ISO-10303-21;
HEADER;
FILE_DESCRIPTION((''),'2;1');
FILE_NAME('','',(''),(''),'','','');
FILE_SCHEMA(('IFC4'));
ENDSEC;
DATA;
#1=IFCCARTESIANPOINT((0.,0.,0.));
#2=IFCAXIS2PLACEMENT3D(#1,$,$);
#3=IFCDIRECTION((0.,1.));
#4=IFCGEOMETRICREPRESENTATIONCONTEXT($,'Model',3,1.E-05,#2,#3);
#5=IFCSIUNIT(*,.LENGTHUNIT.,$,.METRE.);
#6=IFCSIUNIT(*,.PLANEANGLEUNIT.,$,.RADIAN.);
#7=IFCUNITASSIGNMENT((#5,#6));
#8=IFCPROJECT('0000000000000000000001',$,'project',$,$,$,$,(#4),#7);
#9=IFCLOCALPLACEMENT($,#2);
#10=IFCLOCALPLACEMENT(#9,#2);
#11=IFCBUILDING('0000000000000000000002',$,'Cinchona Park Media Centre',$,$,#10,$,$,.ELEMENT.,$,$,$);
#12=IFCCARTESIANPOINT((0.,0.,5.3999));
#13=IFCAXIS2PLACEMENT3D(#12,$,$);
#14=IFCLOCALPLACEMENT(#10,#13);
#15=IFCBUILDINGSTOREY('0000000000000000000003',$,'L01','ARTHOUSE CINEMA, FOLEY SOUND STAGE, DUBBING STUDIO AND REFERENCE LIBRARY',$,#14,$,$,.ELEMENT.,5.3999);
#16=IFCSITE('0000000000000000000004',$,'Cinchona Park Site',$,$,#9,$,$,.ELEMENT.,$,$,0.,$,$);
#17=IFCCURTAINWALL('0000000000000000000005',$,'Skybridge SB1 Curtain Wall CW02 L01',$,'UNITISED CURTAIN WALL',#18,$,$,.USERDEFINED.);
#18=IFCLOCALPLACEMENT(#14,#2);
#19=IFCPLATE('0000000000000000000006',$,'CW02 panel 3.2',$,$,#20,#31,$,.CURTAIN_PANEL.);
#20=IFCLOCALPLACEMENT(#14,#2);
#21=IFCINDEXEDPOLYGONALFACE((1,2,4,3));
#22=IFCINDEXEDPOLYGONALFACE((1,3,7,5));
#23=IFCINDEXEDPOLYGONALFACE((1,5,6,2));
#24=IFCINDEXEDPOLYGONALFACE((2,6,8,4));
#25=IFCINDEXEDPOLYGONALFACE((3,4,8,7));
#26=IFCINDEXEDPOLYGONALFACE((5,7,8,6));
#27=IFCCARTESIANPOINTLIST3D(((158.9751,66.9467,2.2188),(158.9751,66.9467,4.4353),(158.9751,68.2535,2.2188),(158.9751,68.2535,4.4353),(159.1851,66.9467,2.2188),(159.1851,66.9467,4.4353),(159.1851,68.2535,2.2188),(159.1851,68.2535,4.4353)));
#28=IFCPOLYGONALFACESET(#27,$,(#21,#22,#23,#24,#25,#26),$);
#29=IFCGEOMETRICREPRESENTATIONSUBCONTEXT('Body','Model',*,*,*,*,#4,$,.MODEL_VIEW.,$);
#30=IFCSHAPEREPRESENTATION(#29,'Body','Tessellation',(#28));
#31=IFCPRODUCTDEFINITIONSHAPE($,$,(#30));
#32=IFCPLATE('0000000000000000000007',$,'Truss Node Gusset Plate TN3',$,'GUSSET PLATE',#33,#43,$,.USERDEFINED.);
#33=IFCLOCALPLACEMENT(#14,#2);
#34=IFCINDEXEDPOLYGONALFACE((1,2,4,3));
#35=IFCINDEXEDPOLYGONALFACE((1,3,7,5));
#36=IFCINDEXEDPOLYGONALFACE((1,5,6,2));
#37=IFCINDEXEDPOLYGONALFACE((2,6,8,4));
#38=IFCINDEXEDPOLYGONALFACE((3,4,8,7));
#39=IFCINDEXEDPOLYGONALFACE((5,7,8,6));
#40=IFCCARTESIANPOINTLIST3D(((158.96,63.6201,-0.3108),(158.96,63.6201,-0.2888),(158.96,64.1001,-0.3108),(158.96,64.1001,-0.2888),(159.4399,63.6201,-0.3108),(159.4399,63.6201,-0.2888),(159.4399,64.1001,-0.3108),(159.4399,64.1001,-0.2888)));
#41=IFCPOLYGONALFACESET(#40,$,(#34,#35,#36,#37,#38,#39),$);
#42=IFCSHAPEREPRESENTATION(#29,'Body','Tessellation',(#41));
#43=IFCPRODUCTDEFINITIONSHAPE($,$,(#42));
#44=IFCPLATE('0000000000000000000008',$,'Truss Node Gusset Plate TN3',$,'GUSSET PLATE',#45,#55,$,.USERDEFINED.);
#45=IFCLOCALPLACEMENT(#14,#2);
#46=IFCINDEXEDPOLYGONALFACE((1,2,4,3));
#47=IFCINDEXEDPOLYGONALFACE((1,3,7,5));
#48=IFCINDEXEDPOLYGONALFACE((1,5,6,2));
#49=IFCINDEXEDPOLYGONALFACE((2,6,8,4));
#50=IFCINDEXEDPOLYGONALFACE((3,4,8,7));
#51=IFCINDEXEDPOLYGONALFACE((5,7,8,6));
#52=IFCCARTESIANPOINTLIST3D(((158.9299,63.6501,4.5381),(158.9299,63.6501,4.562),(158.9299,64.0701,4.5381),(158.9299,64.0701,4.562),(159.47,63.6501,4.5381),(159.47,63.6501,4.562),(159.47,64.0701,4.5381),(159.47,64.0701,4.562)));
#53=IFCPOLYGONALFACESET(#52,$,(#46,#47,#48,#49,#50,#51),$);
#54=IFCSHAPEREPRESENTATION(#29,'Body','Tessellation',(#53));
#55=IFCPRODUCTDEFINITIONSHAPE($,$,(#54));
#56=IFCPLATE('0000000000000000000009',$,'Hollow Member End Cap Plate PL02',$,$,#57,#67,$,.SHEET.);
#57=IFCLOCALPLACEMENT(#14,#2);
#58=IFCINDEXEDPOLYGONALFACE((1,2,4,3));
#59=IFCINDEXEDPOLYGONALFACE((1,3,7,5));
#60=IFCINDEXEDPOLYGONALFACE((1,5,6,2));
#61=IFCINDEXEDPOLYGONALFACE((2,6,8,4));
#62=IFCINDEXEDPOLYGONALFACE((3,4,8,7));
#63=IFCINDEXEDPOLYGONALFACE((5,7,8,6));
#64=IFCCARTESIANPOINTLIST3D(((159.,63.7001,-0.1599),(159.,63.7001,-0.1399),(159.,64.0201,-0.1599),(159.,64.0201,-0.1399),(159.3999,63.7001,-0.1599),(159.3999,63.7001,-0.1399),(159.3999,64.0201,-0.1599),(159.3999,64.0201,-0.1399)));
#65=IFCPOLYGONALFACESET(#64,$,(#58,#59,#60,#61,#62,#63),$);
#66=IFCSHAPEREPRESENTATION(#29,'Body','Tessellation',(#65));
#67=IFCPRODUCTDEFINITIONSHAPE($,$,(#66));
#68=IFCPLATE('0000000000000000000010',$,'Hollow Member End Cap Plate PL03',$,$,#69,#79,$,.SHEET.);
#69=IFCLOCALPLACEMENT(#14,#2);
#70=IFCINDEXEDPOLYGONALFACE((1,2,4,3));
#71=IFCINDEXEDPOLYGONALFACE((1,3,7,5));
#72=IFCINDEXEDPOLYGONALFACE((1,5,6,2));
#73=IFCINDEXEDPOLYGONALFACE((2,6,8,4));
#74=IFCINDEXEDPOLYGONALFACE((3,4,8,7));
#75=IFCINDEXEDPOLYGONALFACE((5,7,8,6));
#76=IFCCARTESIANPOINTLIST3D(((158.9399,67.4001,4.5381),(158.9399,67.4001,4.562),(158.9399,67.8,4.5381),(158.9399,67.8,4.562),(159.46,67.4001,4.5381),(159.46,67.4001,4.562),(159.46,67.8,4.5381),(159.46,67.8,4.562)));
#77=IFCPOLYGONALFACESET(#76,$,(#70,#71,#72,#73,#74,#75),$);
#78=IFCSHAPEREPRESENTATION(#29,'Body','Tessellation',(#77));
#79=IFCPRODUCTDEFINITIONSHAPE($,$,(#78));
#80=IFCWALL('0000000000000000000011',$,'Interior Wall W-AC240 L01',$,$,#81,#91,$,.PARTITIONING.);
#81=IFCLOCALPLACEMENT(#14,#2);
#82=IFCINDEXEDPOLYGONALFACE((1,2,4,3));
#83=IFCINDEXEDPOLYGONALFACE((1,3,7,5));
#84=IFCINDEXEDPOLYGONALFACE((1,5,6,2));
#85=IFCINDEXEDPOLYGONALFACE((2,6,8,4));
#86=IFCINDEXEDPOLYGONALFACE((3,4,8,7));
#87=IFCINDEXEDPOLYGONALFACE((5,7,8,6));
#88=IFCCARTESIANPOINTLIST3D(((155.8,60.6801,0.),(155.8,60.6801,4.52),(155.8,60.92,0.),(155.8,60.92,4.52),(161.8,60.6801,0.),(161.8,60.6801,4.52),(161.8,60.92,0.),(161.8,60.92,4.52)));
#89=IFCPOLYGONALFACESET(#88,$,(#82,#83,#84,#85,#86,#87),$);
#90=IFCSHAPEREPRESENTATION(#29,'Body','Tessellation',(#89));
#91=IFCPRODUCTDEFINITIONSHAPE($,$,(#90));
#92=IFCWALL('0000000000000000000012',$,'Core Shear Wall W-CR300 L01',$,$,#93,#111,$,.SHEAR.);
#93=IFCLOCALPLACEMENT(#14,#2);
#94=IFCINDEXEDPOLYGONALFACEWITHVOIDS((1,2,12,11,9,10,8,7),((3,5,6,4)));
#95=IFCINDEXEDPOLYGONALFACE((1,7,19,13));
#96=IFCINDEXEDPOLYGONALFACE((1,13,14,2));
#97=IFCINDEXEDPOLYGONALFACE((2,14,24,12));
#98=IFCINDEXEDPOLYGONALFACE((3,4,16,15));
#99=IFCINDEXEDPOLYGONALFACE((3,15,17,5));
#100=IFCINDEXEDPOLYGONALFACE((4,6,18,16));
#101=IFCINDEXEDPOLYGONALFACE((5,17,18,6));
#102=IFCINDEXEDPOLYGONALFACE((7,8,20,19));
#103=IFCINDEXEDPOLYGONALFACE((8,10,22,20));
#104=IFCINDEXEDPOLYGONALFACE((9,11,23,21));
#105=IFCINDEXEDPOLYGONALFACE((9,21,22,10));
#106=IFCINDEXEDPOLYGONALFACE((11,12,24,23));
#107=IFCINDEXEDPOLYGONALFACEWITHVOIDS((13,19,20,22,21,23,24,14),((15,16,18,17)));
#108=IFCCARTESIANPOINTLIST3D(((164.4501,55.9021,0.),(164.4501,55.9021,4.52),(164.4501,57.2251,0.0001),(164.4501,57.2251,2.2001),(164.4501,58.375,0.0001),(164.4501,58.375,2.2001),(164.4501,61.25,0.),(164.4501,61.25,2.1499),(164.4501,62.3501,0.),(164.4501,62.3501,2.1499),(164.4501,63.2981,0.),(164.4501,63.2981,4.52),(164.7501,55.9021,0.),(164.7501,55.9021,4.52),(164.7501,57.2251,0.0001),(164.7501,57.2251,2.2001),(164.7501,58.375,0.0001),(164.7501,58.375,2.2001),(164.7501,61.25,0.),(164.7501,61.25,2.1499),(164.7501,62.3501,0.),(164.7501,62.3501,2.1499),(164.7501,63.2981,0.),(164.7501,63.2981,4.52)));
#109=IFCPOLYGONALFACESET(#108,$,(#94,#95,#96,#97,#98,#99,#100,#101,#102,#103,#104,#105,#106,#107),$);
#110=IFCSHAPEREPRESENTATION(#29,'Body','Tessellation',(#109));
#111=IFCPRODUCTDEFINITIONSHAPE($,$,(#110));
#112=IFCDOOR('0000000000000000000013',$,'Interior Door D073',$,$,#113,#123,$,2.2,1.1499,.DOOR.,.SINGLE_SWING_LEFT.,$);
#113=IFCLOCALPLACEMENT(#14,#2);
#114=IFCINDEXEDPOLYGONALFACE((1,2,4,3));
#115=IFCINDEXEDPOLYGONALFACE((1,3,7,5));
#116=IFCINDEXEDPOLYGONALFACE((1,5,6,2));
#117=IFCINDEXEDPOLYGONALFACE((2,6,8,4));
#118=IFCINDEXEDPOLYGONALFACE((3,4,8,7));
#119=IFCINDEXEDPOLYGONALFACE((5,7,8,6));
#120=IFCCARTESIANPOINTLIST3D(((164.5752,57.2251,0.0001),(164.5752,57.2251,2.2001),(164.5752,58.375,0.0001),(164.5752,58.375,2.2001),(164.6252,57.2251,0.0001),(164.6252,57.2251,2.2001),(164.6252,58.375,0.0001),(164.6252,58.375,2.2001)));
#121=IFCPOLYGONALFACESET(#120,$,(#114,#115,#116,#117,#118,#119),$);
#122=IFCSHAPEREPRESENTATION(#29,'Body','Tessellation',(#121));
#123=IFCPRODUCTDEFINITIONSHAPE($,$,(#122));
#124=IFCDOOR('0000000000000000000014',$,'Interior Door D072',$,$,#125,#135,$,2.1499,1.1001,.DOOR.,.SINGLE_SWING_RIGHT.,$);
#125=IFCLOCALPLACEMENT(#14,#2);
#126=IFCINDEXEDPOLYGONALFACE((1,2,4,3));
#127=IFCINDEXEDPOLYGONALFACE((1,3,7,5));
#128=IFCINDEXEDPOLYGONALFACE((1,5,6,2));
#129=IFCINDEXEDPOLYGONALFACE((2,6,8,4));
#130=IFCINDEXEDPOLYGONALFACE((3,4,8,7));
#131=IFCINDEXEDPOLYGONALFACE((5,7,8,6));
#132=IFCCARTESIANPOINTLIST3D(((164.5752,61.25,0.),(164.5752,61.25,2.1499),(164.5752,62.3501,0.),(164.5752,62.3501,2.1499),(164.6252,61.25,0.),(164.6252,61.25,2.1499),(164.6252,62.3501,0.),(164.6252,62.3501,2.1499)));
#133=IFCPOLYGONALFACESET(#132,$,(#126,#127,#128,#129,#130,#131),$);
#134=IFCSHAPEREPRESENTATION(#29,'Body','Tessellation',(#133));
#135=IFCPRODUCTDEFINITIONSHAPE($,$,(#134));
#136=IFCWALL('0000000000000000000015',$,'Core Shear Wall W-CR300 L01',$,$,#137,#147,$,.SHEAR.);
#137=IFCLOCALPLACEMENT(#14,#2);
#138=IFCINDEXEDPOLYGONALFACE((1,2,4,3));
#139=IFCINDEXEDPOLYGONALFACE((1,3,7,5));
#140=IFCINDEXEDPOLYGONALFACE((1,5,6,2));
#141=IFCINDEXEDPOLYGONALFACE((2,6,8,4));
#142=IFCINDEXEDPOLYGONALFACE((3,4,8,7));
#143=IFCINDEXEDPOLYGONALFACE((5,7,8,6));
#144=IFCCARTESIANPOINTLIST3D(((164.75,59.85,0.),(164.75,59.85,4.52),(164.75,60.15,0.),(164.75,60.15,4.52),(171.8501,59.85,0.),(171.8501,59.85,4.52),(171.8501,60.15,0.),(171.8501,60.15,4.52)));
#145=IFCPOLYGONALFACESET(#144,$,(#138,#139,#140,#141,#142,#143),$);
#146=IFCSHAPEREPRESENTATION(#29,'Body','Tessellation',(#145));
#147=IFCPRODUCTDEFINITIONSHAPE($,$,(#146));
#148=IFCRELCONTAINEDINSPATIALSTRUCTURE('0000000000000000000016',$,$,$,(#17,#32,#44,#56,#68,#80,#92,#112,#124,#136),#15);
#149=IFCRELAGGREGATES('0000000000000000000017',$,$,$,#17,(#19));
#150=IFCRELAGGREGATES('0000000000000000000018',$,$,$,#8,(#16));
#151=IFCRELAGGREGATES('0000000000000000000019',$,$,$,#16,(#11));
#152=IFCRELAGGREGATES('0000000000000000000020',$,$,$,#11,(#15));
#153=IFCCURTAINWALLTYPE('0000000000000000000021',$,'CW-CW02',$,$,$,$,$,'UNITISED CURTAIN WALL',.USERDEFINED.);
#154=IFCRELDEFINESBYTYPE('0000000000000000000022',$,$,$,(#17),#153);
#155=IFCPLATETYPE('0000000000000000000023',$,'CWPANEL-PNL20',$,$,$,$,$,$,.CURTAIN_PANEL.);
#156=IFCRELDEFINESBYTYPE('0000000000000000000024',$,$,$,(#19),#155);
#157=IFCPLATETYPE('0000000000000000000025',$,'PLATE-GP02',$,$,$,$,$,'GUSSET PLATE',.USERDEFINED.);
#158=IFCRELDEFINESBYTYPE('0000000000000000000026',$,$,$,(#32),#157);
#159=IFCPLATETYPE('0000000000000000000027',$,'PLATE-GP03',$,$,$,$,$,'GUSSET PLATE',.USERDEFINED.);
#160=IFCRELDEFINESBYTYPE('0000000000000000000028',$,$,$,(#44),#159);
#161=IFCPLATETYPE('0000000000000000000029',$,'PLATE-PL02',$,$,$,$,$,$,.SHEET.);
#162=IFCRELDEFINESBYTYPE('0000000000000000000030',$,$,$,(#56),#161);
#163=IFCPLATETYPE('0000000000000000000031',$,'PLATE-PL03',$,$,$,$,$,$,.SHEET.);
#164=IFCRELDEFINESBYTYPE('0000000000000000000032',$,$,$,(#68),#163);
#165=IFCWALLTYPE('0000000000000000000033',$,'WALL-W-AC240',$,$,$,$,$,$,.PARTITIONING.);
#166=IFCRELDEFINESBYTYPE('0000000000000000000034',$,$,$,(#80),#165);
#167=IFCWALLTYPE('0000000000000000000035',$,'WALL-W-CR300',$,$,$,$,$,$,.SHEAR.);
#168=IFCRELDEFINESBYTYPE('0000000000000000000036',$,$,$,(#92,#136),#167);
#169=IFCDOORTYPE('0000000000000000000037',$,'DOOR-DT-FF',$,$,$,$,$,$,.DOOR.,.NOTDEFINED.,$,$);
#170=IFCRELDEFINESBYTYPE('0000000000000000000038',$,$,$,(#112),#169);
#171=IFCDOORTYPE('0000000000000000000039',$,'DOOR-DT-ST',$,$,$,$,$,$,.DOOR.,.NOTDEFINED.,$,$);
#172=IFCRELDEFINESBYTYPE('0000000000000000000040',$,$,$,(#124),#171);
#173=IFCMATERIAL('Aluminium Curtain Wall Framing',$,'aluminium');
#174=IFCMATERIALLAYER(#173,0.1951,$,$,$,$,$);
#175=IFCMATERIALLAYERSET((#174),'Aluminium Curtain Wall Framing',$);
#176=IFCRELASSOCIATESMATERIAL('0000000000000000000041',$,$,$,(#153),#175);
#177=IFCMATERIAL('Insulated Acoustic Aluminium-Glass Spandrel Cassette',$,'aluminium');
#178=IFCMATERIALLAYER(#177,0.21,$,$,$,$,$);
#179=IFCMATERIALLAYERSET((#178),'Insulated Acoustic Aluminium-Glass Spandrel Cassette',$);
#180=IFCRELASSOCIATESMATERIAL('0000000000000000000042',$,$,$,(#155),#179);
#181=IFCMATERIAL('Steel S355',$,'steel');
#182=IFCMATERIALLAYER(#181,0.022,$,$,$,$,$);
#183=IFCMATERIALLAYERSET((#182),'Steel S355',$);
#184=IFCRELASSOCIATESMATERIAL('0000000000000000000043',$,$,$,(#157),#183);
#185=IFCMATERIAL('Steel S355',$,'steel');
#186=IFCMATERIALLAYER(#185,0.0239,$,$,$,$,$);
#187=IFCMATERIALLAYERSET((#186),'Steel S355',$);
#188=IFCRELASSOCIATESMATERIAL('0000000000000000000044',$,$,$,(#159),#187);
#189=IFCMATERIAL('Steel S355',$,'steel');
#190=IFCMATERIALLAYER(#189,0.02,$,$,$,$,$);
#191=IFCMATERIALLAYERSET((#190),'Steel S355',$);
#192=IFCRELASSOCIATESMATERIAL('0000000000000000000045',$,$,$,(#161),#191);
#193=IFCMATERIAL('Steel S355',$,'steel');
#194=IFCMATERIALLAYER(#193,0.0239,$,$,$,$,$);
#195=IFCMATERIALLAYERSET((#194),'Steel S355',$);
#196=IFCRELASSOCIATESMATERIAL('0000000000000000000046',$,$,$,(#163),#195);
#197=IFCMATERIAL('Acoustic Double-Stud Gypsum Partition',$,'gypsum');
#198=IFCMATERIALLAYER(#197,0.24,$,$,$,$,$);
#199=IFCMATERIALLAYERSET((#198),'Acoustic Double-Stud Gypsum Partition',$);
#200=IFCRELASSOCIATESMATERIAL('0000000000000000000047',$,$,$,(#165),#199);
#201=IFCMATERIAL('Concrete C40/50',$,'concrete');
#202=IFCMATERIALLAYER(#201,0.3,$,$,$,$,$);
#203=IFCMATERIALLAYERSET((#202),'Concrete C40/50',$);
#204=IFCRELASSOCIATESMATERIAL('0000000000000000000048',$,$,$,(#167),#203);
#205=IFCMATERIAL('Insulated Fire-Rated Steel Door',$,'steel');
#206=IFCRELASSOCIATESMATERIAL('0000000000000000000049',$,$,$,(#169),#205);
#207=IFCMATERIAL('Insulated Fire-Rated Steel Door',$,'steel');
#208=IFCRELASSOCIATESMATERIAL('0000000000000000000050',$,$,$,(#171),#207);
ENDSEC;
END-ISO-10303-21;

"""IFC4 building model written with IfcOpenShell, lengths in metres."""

from ifc_helpers import new_model, si_unit, direction, frame, frame_2d, origin, origin_2d, place, context, subcontext, project, spatial, rectangle, extrude, material, layer, layer_set, type_object, element, fill, aggregate, save


model = new_model("IFC4")

# Units and contexts
model_context = context("Model", 3, precision=1e-05, world=origin(), true_north=direction((0.0, 1.0)))
body_context = subcontext(model_context, "Body", "Model", "MODEL_VIEW")
ifc_project = project(units=[si_unit("LENGTHUNIT", "METRE"), si_unit("PLANEANGLEUNIT", "RADIAN")], contexts=[model_context])

# Site, building, storey
site_placement = place(None, origin())
site = spatial("IfcSite", under=ifc_project, at=site_placement, Name="Cinchona Park Site", CompositionType="ELEMENT", RefElevation=0.0)
building_placement = place(site_placement, origin())
building = spatial("IfcBuilding", under=site, at=building_placement, Name="Cinchona Park Media Centre", CompositionType="ELEMENT")
storey_placement = place(building_placement, frame((0.0, 0.0, 5.3999)))
storey = spatial("IfcBuildingStorey", under=building, at=storey_placement, Name="L01", Description="ARTHOUSE CINEMA, FOLEY SOUND STAGE, DUBBING STUDIO AND REFERENCE LIBRARY", CompositionType="ELEMENT", Elevation=5.3999)

# Curtain wall, plate
ifc_material_1 = material(Name="Aluminium Curtain Wall Framing", Category="aluminium")
ifc_layer_1 = layer(ifc_material_1, 0.1951)
ifc_layer_set_1 = layer_set([ifc_layer_1], Name="Aluminium Curtain Wall Framing")
curtain_wall_type = type_object("IfcCurtainWallType", Name="CW-CW02", ElementType="UNITISED CURTAIN WALL", PredefinedType="USERDEFINED", material=ifc_layer_set_1)
curtain_wall_placement = place(storey_placement, origin())
curtain_wall = element("IfcCurtainWall", 1, at=curtain_wall_placement, inside=storey, type_object=curtain_wall_type, Name="Skybridge SB1 Curtain Wall CW02 L01", ObjectType="UNITISED CURTAIN WALL", PredefinedType="USERDEFINED")
ifc_material_2 = material(Name="Insulated Acoustic Aluminium-Glass Spandrel Cassette", Category="aluminium")
ifc_layer_2 = layer(ifc_material_2, 0.21)
ifc_layer_set_2 = layer_set([ifc_layer_2], Name="Insulated Acoustic Aluminium-Glass Spandrel Cassette")
plate_type_1 = type_object("IfcPlateType", Name="CWPANEL-PNL20", PredefinedType="CURTAIN_PANEL", material=ifc_layer_set_2)
plate_1_placement = place(storey_placement, frame((159.0801, 67.6001, 2.2188), z_axis=(0.0, 0.0, 1.0), x_axis=(0.0, -1.0, 0.0)))
plate_1 = element("IfcPlate", 2, at=plate_1_placement, type_object=plate_type_1, Name="CW02 panel 3.2", PredefinedType="CURTAIN_PANEL", context=body_context, shape_type="SweptSolid", body=[
    extrude(rectangle(XDim=1.3069, YDim=0.21, at=origin_2d()), origin(), (0.0, 0.0, 1.0), 2.2166),
])
aggregate(curtain_wall, [plate_1])

# Plates
ifc_material_3 = material(Name="Steel S355", Category="steel")
ifc_layer_3 = layer(ifc_material_3, 0.022)
ifc_layer_set_3 = layer_set([ifc_layer_3], Name="Steel S355")
plate_type_2 = type_object("IfcPlateType", Name="PLATE-GP02", ElementType="GUSSET PLATE", PredefinedType="USERDEFINED", material=ifc_layer_set_3)
plate_2_placement = place(storey_placement, frame((159.2, 63.8601, -0.3108), z_axis=(0.0, 0.0, 1.0), x_axis=(1.0, 0.0, 0.0)))
element("IfcPlate", 3, at=plate_2_placement, inside=storey, type_object=plate_type_2, Name="Truss Node Gusset Plate TN3", ObjectType="GUSSET PLATE", PredefinedType="USERDEFINED", context=body_context, shape_type="SweptSolid", body=[
    extrude(rectangle(XDim=0.48, YDim=0.48, at=origin_2d()), origin(), (0.0, 0.0, 1.0), 0.022),
])
ifc_material_4 = material(Name="Steel S355", Category="steel")
ifc_layer_4 = layer(ifc_material_4, 0.0239)
ifc_layer_set_4 = layer_set([ifc_layer_4], Name="Steel S355")
plate_type_3 = type_object("IfcPlateType", Name="PLATE-GP03", ElementType="GUSSET PLATE", PredefinedType="USERDEFINED", material=ifc_layer_set_4)
plate_3_placement = place(storey_placement, frame((159.2, 63.8601, 4.5381), z_axis=(0.0, 0.0, 1.0), x_axis=(1.0, 0.0, 0.0)))
element("IfcPlate", 4, at=plate_3_placement, inside=storey, type_object=plate_type_3, Name="Truss Node Gusset Plate TN3", ObjectType="GUSSET PLATE", PredefinedType="USERDEFINED", context=body_context, shape_type="SweptSolid", body=[
    extrude(rectangle(XDim=0.54, YDim=0.4199, at=origin_2d()), origin(), (0.0, 0.0, 1.0), 0.0239),
])
ifc_material_5 = material(Name="Steel S355", Category="steel")
ifc_layer_5 = layer(ifc_material_5, 0.02)
ifc_layer_set_5 = layer_set([ifc_layer_5], Name="Steel S355")
plate_type_4 = type_object("IfcPlateType", Name="PLATE-PL02", PredefinedType="SHEET", material=ifc_layer_set_5)
plate_4_placement = place(storey_placement, frame((159.2, 63.8601, -0.1599), z_axis=(0.0, 0.0, 1.0), x_axis=(1.0, 0.0, 0.0)))
element("IfcPlate", 5, at=plate_4_placement, inside=storey, type_object=plate_type_4, Name="Hollow Member End Cap Plate PL02", PredefinedType="SHEET", context=body_context, shape_type="SweptSolid", body=[
    extrude(rectangle(XDim=0.3999, YDim=0.3201, at=origin_2d()), origin(), (0.0, 0.0, 1.0), 0.02),
])
ifc_material_6 = material(Name="Steel S355", Category="steel")
ifc_layer_6 = layer(ifc_material_6, 0.0239)
ifc_layer_set_6 = layer_set([ifc_layer_6], Name="Steel S355")
plate_type_5 = type_object("IfcPlateType", Name="PLATE-PL03", PredefinedType="SHEET", material=ifc_layer_set_6)
plate_5_placement = place(storey_placement, frame((159.2, 67.6001, 4.5381), z_axis=(0.0, 0.0, 1.0), x_axis=(1.0, 0.0, 0.0)))
element("IfcPlate", 6, at=plate_5_placement, inside=storey, type_object=plate_type_5, Name="Hollow Member End Cap Plate PL03", PredefinedType="SHEET", context=body_context, shape_type="SweptSolid", body=[
    extrude(rectangle(XDim=0.52, YDim=0.3999, at=origin_2d()), origin(), (0.0, 0.0, 1.0), 0.0239),
])

# Wall
ifc_material_7 = material(Name="Acoustic Double-Stud Gypsum Partition", Category="gypsum")
ifc_layer_7 = layer(ifc_material_7, 0.24)
ifc_layer_set_7 = layer_set([ifc_layer_7], Name="Acoustic Double-Stud Gypsum Partition")
wall_type_1 = type_object("IfcWallType", Name="WALL-W-AC240", PredefinedType="PARTITIONING", material=ifc_layer_set_7)
wall_1_placement = place(storey_placement, frame((161.8, 60.8, 0.0), z_axis=(0.0, 0.0, 1.0), x_axis=(-1.0, 0.0, 0.0)))
element("IfcWall", 7, at=wall_1_placement, inside=storey, type_object=wall_type_1, Name="Interior Wall W-AC240 L01", PredefinedType="PARTITIONING", context=body_context, shape_type="SweptSolid", body=[
    extrude(rectangle(XDim=6.0, YDim=0.24, at=frame_2d((3.0, 0.0))), origin(), (0.0, 0.0, 1.0), 4.52),
])

# Wall, openings, doors
ifc_material_8 = material(Name="Concrete C40/50", Category="concrete")
ifc_layer_8 = layer(ifc_material_8, 0.3)
ifc_layer_set_8 = layer_set([ifc_layer_8], Name="Concrete C40/50")
wall_type_2 = type_object("IfcWallType", Name="WALL-W-CR300", PredefinedType="SHEAR", material=ifc_layer_set_8)
wall_2_placement = place(storey_placement, frame((164.6001, 55.9021, 0.0), z_axis=(0.0, 0.0, 1.0), x_axis=(0.0, 1.0, 0.0)))
wall_2 = element("IfcWall", 8, at=wall_2_placement, inside=storey, type_object=wall_type_2, Name="Core Shear Wall W-CR300 L01", PredefinedType="SHEAR", context=body_context, shape_type="SweptSolid", body=[
    extrude(rectangle(XDim=7.396, YDim=0.3, at=frame_2d((3.698, 0.0))), origin(), (0.0, 0.0, 1.0), 4.52),
])
opening_1_placement = place(wall_2_placement, frame((5.3479, 0.0, 0.0)))
opening_1 = element("IfcOpeningElement", 9, at=opening_1_placement, cuts=wall_2, PredefinedType="OPENING", context=body_context, shape_type="SweptSolid", body=[
    extrude(rectangle(XDim=1.1001, YDim=2.1499, at=frame_2d((0.55, 1.075))), frame((0.0, 0.1599, 0.0), z_axis=(0.0, -1.0, 0.0), x_axis=(1.0, 0.0, 0.0)), (0.0, 0.0, 1.0), 0.3201),
])
opening_2_placement = place(wall_2_placement, frame((1.323, 0.0, 0.0)))
opening_2 = element("IfcOpeningElement", 10, at=opening_2_placement, cuts=wall_2, PredefinedType="OPENING", context=body_context, shape_type="SweptSolid", body=[
    extrude(rectangle(XDim=1.1499, YDim=2.2, at=frame_2d((0.575, 1.1001))), frame((0.0, 0.1599, 0.0), z_axis=(0.0, -1.0, 0.0), x_axis=(1.0, 0.0, 0.0)), (0.0, 0.0, 1.0), 0.3201),
])
ifc_material_9 = material(Name="Insulated Fire-Rated Steel Door", Category="steel")
door_type_1 = type_object("IfcDoorType", Name="DOOR-DT-FF", OperationType="NOTDEFINED", PredefinedType="DOOR", material=ifc_material_9)
door_1_placement = place(opening_2_placement, origin())
door_1 = element("IfcDoor", 11, at=door_1_placement, inside=storey, type_object=door_type_1, Name="Interior Door D073", OperationType="SINGLE_SWING_LEFT", OverallHeight=2.2, OverallWidth=1.1499, PredefinedType="DOOR", context=body_context, shape_type="SweptSolid", body=[
    extrude(rectangle(XDim=1.1499, YDim=2.2, at=frame_2d((0.575, 1.1001))), frame((0.0, 0.0249, 0.0), z_axis=(0.0, -1.0, 0.0), x_axis=(1.0, 0.0, 0.0)), (0.0, 0.0, 1.0), 0.05),
])
fill(opening_2, door_1)
ifc_material_10 = material(Name="Insulated Fire-Rated Steel Door", Category="steel")
door_type_2 = type_object("IfcDoorType", Name="DOOR-DT-ST", OperationType="NOTDEFINED", PredefinedType="DOOR", material=ifc_material_10)
door_2_placement = place(opening_1_placement, origin())
door_2 = element("IfcDoor", 12, at=door_2_placement, inside=storey, type_object=door_type_2, Name="Interior Door D072", OperationType="SINGLE_SWING_RIGHT", OverallHeight=2.1499, OverallWidth=1.1001, PredefinedType="DOOR", context=body_context, shape_type="SweptSolid", body=[
    extrude(rectangle(XDim=1.1001, YDim=2.1499, at=frame_2d((0.55, 1.075))), frame((0.0, 0.0249, 0.0), z_axis=(0.0, -1.0, 0.0), x_axis=(1.0, 0.0, 0.0)), (0.0, 0.0, 1.0), 0.05),
])
fill(opening_1, door_2)

# Wall
wall_3_placement = place(storey_placement, frame((164.75, 60.0, 0.0), z_axis=(0.0, 0.0, 1.0), x_axis=(1.0, 0.0, 0.0)))
element("IfcWall", 13, at=wall_3_placement, inside=storey, type_object=wall_type_2, Name="Core Shear Wall W-CR300 L01", PredefinedType="SHEAR", context=body_context, shape_type="SweptSolid", body=[
    extrude(rectangle(XDim=7.1001, YDim=0.3, at=frame_2d((3.55, 0.0))), origin(), (0.0, 0.0, 1.0), 4.52),
])

save(model, "model.ifc")
